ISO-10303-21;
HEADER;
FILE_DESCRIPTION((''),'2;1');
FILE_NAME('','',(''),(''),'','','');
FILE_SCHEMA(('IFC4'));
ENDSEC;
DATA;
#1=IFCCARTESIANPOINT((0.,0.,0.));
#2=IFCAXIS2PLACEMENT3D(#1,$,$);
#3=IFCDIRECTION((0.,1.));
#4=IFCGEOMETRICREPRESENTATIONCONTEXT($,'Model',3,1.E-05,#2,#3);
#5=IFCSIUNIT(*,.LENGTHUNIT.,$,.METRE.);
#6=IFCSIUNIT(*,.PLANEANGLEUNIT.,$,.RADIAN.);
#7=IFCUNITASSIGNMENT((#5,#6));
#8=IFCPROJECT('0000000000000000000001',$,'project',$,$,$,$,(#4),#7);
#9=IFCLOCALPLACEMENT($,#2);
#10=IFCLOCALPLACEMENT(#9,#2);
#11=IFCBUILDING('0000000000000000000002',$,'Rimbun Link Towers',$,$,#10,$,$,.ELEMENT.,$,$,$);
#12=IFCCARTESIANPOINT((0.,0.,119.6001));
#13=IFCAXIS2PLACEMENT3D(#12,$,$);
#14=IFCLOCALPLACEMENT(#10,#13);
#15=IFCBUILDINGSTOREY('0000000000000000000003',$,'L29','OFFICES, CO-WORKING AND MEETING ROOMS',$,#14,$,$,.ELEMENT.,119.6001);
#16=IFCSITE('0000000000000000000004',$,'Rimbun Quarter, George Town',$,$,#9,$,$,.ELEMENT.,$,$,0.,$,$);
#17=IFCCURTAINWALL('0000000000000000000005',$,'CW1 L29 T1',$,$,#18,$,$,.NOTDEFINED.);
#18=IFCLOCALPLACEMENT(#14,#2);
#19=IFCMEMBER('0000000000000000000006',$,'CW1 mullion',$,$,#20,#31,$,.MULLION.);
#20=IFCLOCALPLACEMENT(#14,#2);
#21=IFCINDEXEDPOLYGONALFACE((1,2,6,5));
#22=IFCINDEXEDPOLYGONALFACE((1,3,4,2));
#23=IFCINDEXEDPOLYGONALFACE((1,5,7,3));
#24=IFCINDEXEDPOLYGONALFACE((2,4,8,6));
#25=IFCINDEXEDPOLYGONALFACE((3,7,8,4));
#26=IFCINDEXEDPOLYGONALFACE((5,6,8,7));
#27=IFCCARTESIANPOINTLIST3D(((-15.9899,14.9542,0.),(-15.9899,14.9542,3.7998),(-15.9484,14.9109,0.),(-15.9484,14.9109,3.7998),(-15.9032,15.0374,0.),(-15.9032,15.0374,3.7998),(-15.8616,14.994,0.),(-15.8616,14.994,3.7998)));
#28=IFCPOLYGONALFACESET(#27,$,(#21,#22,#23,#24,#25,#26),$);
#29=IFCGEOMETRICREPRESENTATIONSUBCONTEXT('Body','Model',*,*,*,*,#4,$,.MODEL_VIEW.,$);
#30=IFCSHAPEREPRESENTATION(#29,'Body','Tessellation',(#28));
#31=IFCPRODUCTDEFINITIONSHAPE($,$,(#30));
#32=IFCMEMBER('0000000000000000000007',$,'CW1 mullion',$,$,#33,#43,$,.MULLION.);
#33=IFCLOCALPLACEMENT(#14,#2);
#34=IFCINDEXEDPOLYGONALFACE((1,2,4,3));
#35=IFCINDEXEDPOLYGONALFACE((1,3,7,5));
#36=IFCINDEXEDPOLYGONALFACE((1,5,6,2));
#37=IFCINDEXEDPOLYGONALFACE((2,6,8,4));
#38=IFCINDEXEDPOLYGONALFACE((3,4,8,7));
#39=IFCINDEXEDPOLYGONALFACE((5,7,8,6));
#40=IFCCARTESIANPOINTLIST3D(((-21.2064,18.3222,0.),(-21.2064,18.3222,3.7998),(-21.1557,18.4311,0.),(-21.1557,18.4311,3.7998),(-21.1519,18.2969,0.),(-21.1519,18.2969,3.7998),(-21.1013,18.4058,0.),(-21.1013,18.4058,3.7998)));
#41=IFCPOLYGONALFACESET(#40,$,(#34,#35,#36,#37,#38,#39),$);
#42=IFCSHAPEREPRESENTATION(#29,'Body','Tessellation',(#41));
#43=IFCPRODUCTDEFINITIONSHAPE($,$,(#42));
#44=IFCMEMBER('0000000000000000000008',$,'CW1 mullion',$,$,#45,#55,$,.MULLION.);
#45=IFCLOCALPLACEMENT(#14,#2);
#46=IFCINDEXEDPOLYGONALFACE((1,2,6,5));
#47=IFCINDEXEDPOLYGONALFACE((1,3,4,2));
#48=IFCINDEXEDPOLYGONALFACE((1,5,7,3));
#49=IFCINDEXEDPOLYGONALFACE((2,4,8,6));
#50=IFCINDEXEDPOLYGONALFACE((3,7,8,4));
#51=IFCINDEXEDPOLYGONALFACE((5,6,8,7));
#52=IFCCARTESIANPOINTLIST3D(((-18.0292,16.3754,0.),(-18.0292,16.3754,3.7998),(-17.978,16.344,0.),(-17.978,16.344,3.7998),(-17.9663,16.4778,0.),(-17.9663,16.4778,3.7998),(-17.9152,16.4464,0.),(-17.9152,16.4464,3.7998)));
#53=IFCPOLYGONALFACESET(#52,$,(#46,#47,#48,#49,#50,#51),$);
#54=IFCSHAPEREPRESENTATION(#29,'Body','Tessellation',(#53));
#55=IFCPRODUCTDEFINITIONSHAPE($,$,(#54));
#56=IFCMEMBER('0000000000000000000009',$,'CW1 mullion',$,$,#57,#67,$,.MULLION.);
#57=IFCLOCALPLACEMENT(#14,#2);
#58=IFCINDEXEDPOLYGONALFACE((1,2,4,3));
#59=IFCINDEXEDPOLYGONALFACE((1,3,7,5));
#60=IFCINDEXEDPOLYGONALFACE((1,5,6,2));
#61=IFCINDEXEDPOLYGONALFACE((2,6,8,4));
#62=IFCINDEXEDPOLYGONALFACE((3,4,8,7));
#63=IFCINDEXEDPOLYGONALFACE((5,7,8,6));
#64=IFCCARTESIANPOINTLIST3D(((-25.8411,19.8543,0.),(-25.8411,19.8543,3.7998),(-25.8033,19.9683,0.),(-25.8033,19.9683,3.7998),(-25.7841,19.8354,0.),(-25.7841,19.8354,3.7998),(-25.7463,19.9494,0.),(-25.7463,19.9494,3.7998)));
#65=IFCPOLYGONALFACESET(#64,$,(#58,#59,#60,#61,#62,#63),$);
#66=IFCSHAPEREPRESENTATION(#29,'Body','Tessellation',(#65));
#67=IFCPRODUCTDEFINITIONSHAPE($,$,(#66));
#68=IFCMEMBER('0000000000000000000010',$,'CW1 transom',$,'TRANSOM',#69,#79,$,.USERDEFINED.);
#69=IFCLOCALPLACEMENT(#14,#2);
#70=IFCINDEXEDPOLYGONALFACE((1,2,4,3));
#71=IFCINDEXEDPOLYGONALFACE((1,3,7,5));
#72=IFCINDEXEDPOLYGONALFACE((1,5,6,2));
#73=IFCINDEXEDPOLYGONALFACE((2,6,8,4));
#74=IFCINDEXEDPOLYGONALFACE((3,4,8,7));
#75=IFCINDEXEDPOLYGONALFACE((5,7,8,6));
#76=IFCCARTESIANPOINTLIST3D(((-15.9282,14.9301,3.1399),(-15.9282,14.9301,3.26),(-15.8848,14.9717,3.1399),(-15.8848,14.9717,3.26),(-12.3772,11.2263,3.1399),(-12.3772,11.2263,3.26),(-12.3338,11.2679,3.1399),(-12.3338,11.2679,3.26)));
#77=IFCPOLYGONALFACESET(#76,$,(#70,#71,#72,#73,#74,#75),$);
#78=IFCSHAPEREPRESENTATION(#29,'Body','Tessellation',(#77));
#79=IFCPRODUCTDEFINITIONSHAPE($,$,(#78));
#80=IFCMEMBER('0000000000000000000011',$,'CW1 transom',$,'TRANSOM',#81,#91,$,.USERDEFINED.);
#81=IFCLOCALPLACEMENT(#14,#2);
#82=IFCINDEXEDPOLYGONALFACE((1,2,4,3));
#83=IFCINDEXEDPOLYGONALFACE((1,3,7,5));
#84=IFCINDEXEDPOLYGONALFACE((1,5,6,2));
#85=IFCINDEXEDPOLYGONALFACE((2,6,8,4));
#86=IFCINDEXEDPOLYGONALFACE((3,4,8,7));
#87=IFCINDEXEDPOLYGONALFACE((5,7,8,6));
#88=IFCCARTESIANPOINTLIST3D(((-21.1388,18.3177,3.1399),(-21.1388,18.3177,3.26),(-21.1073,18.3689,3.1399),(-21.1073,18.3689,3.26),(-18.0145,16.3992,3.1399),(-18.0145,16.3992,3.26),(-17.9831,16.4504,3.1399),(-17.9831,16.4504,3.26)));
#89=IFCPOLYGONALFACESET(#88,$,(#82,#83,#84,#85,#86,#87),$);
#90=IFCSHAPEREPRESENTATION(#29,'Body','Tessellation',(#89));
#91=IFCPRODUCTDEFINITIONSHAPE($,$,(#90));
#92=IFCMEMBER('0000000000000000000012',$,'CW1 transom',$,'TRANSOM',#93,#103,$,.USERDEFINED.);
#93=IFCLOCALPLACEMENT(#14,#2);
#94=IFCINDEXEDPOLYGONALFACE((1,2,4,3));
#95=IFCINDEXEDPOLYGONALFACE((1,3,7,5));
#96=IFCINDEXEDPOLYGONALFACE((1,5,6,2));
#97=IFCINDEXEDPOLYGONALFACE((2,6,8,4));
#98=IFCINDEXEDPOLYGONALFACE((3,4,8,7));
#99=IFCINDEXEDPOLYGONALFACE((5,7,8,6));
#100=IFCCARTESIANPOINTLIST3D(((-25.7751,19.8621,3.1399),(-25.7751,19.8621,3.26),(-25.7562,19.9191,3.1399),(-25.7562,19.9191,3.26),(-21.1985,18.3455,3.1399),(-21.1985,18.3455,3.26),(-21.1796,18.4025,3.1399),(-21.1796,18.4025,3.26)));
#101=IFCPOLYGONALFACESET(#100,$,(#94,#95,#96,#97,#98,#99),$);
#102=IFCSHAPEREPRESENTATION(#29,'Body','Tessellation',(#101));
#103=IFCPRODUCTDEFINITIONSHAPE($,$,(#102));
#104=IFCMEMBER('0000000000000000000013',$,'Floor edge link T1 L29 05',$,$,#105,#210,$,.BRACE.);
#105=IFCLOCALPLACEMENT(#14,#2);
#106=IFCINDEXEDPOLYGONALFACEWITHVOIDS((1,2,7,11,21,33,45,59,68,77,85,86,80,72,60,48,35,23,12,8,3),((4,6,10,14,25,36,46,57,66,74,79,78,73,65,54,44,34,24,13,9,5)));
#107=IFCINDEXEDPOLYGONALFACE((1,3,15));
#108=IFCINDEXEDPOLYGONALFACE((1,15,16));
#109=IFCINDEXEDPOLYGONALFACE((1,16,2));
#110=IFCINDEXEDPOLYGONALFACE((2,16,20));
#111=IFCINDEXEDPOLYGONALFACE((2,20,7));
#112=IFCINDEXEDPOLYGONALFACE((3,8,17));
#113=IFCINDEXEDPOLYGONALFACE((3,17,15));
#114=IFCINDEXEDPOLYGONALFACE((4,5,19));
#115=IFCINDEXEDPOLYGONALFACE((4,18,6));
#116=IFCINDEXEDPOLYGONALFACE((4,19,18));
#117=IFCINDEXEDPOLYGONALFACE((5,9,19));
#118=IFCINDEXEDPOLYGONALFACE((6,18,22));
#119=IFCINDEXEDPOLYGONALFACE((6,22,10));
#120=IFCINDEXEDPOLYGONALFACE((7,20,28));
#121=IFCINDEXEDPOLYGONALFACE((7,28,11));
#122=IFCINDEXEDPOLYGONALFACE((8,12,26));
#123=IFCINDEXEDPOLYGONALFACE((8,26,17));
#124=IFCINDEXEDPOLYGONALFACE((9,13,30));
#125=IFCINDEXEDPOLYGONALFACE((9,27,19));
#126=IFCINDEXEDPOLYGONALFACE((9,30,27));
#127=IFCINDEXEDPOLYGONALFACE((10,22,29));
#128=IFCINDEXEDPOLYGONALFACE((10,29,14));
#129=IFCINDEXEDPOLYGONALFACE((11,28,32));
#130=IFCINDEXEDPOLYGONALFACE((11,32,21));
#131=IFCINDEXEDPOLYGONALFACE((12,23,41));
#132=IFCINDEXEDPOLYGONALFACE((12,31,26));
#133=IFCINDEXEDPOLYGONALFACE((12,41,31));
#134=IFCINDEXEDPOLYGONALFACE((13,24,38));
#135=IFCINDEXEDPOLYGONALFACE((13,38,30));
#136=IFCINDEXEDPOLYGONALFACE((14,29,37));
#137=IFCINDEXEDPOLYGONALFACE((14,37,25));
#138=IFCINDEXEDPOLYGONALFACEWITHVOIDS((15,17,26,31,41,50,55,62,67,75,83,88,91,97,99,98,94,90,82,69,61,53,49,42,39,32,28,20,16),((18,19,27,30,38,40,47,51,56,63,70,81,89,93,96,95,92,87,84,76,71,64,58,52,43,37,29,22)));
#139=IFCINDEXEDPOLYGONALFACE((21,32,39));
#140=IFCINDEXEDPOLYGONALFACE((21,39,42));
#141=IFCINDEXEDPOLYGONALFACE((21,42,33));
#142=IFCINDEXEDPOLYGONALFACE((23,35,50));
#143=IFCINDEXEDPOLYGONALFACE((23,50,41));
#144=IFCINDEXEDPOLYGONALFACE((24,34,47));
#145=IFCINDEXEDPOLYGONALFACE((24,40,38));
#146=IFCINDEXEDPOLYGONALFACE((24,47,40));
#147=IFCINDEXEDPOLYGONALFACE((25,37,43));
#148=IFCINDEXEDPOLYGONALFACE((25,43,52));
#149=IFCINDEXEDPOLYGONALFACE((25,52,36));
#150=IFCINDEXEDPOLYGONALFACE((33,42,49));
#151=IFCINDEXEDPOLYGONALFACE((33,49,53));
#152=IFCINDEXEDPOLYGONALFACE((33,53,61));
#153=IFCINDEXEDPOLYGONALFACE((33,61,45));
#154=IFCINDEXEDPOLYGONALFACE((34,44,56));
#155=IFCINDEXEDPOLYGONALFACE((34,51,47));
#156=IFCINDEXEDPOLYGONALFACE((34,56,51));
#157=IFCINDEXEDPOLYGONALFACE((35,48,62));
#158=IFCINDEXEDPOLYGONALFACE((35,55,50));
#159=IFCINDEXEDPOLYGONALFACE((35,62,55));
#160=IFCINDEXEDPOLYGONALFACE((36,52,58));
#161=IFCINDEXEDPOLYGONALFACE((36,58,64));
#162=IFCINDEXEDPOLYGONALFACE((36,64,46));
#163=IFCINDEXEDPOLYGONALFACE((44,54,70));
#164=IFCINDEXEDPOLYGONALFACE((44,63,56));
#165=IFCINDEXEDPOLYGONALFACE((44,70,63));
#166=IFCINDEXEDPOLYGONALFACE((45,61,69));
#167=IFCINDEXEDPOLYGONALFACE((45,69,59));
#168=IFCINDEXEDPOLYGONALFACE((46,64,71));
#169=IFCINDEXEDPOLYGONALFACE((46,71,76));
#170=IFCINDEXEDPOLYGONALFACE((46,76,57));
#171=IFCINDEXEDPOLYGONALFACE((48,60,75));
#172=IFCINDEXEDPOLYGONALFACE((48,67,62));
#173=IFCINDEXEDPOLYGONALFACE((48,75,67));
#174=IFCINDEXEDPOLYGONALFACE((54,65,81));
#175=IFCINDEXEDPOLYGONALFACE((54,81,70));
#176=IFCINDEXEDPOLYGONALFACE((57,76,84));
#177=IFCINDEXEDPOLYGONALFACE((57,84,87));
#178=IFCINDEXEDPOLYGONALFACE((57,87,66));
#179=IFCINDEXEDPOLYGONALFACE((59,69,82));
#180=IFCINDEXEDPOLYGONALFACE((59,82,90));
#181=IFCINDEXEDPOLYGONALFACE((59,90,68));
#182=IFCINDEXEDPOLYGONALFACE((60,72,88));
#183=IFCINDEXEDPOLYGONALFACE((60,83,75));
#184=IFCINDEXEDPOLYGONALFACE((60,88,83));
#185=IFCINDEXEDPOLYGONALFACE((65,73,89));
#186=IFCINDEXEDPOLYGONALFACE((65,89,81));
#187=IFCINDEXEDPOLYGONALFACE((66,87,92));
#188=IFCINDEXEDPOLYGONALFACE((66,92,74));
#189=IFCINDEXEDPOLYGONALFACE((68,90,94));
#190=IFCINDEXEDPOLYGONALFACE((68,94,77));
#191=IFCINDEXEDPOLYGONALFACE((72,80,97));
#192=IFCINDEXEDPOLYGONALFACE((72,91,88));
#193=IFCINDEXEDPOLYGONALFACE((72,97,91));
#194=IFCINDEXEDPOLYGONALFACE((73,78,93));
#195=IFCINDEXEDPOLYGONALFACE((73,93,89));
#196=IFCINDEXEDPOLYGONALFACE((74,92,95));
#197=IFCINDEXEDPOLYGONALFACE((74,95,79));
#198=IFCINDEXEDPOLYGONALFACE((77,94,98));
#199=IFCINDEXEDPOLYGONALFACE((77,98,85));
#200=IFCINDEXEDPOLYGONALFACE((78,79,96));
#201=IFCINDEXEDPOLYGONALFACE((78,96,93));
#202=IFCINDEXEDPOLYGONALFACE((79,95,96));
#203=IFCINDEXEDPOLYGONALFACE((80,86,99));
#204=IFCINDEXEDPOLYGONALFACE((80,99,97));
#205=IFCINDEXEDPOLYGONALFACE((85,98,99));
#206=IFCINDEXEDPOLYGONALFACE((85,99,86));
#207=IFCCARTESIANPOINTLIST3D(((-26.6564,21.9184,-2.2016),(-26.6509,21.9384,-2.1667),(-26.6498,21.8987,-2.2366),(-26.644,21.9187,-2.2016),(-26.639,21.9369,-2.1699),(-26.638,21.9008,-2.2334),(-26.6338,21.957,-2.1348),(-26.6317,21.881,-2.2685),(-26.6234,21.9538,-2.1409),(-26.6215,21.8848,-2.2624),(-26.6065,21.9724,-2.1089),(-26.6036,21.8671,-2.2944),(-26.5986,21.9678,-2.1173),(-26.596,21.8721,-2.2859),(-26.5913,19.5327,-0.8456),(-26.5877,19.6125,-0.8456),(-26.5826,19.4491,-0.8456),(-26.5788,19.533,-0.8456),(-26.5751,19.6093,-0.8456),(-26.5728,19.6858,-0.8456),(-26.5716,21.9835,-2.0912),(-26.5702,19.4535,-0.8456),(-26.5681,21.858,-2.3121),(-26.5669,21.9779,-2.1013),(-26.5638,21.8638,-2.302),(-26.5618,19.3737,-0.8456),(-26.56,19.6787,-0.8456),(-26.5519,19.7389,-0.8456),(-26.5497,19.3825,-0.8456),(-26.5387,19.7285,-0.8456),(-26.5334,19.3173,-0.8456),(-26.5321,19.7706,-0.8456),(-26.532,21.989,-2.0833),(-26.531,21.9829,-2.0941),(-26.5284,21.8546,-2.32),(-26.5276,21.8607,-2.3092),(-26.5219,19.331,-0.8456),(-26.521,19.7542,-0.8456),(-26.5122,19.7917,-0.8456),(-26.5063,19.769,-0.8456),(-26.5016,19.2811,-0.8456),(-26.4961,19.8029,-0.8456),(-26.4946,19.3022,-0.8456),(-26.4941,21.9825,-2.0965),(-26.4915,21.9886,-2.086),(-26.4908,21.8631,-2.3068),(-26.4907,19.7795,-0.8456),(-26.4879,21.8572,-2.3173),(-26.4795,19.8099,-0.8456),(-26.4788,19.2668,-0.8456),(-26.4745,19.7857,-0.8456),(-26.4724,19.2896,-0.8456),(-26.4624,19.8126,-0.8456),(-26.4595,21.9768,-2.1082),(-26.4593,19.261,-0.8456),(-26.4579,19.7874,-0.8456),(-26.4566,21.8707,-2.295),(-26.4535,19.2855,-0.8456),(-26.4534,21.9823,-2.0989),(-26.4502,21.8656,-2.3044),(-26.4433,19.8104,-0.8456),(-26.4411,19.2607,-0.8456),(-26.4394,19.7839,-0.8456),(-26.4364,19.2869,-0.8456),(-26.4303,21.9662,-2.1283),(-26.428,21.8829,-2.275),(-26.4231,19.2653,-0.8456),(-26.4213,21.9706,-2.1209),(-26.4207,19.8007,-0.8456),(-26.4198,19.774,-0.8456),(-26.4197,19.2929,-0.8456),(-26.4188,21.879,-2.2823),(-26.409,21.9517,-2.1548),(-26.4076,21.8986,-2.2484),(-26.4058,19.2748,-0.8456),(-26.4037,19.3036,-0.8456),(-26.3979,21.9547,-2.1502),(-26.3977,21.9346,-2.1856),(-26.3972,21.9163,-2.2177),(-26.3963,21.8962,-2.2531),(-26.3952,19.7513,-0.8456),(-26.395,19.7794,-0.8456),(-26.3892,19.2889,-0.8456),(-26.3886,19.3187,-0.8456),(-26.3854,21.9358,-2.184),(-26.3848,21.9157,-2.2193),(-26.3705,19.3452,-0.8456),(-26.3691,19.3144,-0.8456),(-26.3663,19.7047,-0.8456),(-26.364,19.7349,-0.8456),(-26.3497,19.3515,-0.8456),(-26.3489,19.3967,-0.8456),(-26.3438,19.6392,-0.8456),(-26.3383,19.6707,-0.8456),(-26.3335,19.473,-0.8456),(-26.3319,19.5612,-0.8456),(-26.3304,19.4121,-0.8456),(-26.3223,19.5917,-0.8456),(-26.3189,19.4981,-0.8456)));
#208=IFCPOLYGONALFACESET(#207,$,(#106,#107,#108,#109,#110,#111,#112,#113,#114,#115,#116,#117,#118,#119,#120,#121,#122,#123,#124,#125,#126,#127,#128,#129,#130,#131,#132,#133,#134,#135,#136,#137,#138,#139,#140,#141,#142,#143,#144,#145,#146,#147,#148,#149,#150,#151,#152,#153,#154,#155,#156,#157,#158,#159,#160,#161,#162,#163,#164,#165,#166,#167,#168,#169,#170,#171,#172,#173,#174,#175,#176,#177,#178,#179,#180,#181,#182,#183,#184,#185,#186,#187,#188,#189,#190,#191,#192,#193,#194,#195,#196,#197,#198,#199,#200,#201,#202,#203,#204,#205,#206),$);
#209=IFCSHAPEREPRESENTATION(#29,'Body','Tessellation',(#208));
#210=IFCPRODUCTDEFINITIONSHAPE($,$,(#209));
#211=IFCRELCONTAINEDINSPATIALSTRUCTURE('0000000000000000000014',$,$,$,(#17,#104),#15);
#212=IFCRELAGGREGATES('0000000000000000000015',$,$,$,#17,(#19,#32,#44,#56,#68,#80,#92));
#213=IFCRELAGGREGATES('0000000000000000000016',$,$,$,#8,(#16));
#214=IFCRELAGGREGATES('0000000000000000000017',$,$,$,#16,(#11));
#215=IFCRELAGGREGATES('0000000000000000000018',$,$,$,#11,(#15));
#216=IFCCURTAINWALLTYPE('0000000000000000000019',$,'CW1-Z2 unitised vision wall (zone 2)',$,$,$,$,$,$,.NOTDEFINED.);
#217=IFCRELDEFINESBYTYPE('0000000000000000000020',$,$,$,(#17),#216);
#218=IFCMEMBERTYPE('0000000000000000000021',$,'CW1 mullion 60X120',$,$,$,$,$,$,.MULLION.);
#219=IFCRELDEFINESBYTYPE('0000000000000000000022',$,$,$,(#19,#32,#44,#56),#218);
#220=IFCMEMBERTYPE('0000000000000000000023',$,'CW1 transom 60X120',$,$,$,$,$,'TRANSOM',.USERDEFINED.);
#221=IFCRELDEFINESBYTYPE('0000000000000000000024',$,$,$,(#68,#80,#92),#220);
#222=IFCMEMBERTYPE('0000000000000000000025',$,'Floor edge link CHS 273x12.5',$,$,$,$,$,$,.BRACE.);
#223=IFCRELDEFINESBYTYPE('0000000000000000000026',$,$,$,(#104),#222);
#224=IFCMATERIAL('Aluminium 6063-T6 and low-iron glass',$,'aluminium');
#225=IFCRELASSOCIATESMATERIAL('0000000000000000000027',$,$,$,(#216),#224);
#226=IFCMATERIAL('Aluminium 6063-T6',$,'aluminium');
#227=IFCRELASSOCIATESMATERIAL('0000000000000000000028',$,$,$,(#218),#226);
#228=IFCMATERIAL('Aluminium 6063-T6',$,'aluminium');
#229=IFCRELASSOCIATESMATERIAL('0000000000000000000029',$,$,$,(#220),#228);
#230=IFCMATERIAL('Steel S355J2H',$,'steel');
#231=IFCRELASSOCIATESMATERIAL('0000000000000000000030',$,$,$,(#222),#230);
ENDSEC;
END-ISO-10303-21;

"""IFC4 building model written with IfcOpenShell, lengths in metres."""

from ifc_helpers import new_model, si_unit, direction, frame, origin, origin_2d, place, context, subcontext, project, spatial, rectangle, hollow_circle, extrude, clip, halfspace, material, material_profile, profile_set, type_object, element, aggregate, save


model = new_model("IFC4")

# Units and contexts
model_context = context("Model", 3, precision=1e-05, world=origin(), true_north=direction((0.0, 1.0)))
body_context = subcontext(model_context, "Body", "Model", "MODEL_VIEW")
ifc_project = project(units=[si_unit("LENGTHUNIT", "METRE"), si_unit("PLANEANGLEUNIT", "RADIAN")], contexts=[model_context])

# Site, building, storey
site_placement = place(None, origin())
site = spatial("IfcSite", under=ifc_project, at=site_placement, Name="Rimbun Quarter, George Town", CompositionType="ELEMENT", RefElevation=0.0)
building_placement = place(site_placement, origin())
building = spatial("IfcBuilding", under=site, at=building_placement, Name="Rimbun Link Towers", CompositionType="ELEMENT")
storey_placement = place(building_placement, frame((0.0, 0.0, 119.6001)))
storey = spatial("IfcBuildingStorey", under=building, at=storey_placement, Name="L29", Description="OFFICES, CO-WORKING AND MEETING ROOMS", CompositionType="ELEMENT", Elevation=119.6001)

# Curtain wall, members
ifc_material_1 = material(Name="Aluminium 6063-T6 and low-iron glass", Category="aluminium")
curtain_wall_type = type_object("IfcCurtainWallType", Name="CW1-Z2 unitised vision wall (zone 2)", PredefinedType="NOTDEFINED", material=ifc_material_1)
curtain_wall_placement = place(storey_placement, origin())
curtain_wall = element("IfcCurtainWall", 1, at=curtain_wall_placement, inside=storey, type_object=curtain_wall_type, Name="CW1 L29 T1", PredefinedType="NOTDEFINED")
ifc_material_2 = material(Name="Aluminium 6063-T6", Category="aluminium")
ifc_material_profile_1 = material_profile(ifc_material_2, rectangle(XDim=0.1201, YDim=0.0601, at=origin_2d()), Name="MULLION 60X120")
ifc_profile_set_1 = profile_set([ifc_material_profile_1], Name="Aluminium 6063-T6")
member_type_1 = type_object("IfcMemberType", Name="CW1 mullion 60X120", PredefinedType="MULLION", material=ifc_profile_set_1)
member_1_placement = place(storey_placement, frame((-15.9258, 14.9741, 0.0), z_axis=(0.0, 0.0, 1.0), x_axis=(0.721835, 0.692065, 0.0)))
member_1 = element("IfcMember", 2, at=member_1_placement, type_object=member_type_1, Name="CW1 mullion", PredefinedType="MULLION", context=body_context, shape_type="SweptSolid", body=[
    extrude(rectangle(XDim=0.1201, YDim=0.0601, at=origin_2d()), origin(), (0.0, 0.0, 1.0), 3.7998),
])
member_2_placement = place(storey_placement, frame((-21.1538, 18.364, 0.0), z_axis=(0.0, 0.0, 1.0), x_axis=(0.421705, 0.906733, 0.0)))
member_2 = element("IfcMember", 3, at=member_2_placement, type_object=member_type_1, Name="CW1 mullion", PredefinedType="MULLION", context=body_context, shape_type="SweptSolid", body=[
    extrude(rectangle(XDim=0.1201, YDim=0.0601, at=origin_2d()), origin(), (0.0, 0.0, 1.0), 3.7998),
])
member_3_placement = place(storey_placement, frame((-17.9722, 16.4109, 0.0), z_axis=(0.0, 0.0, 1.0), x_axis=(0.523243, 0.852183, 0.0)))
member_3 = element("IfcMember", 4, at=member_3_placement, type_object=member_type_1, Name="CW1 mullion", PredefinedType="MULLION", context=body_context, shape_type="SweptSolid", body=[
    extrude(rectangle(XDim=0.1201, YDim=0.0601, at=origin_2d()), origin(), (0.0, 0.0, 1.0), 3.7998),
])
member_4_placement = place(storey_placement, frame((-25.7937, 19.9019, 0.0), z_axis=(0.0, 0.0, 1.0), x_axis=(0.314563, 0.949236, 0.0)))
member_4 = element("IfcMember", 5, at=member_4_placement, type_object=member_type_1, Name="CW1 mullion", PredefinedType="MULLION", context=body_context, shape_type="SweptSolid", body=[
    extrude(rectangle(XDim=0.1201, YDim=0.0601, at=origin_2d()), origin(), (0.0, 0.0, 1.0), 3.7998),
])
ifc_material_3 = material(Name="Aluminium 6063-T6", Category="aluminium")
ifc_material_profile_2 = material_profile(ifc_material_3, rectangle(XDim=0.0601, YDim=0.1201, at=origin_2d()), Name="TRANSOM 60X120")
ifc_profile_set_2 = profile_set([ifc_material_profile_2], Name="Aluminium 6063-T6")
member_type_2 = type_object("IfcMemberType", Name="CW1 transom 60X120", ElementType="TRANSOM", PredefinedType="USERDEFINED", material=ifc_profile_set_2)
member_5_placement = place(storey_placement, frame((-15.9065, 14.9509, 3.2), z_axis=(0.692057, -0.721843, 0.0), x_axis=(0.721843, 0.692057, 0.0)))
member_5 = element("IfcMember", 6, at=member_5_placement, type_object=member_type_2, Name="CW1 transom", ObjectType="TRANSOM", PredefinedType="USERDEFINED", context=body_context, shape_type="SweptSolid", body=[
    extrude(rectangle(XDim=0.0601, YDim=0.1201, at=origin_2d()), origin(), (0.0, 0.0, 1.0), 5.1311),
])
member_6_placement = place(storey_placement, frame((-21.123, 18.3433, 3.2), z_axis=(0.852165, -0.523272, 0.0), x_axis=(0.523272, 0.852165, 0.0)))
member_6 = element("IfcMember", 7, at=member_6_placement, type_object=member_type_2, Name="CW1 transom", ObjectType="TRANSOM", PredefinedType="USERDEFINED", context=body_context, shape_type="SweptSolid", body=[
    extrude(rectangle(XDim=0.0601, YDim=0.1201, at=origin_2d()), origin(), (0.0, 0.0, 1.0), 3.6663),
])
member_7_placement = place(storey_placement, frame((-25.7656, 19.8906, 3.2), z_axis=(0.949234, -0.314571, 0.0), x_axis=(0.314571, 0.949234, 0.0)))
member_7 = element("IfcMember", 8, at=member_7_placement, type_object=member_type_2, Name="CW1 transom", ObjectType="TRANSOM", PredefinedType="USERDEFINED", context=body_context, shape_type="SweptSolid", body=[
    extrude(rectangle(XDim=0.0601, YDim=0.1201, at=origin_2d()), origin(), (0.0, 0.0, 1.0), 4.8213),
])

# Member
ifc_material_4 = material(Name="Steel S355J2H", Category="steel")
ifc_material_profile_3 = material_profile(ifc_material_4, hollow_circle(Radius=0.1365, WallThickness=0.0125, at=origin_2d()), Name="CHS 273x12.5")
ifc_profile_set_3 = profile_set([ifc_material_profile_3], Name="Steel S355J2H")
member_type_3 = type_object("IfcMemberType", Name="Floor edge link CHS 273x12.5", PredefinedType="BRACE", material=ifc_profile_set_3)
member_8_placement = place(storey_placement, frame((-26.4604, 19.741, -0.9619), z_axis=(-0.023737, 0.869134, -0.494007), x_axis=(-0.999627, -0.027301, 0.0)))
element("IfcMember", 9, at=member_8_placement, inside=storey, type_object=member_type_3, Name="Floor edge link T1 L29 05", PredefinedType="BRACE", context=body_context, shape_type="Clipping", body=[
    clip(extrude(hollow_circle(Radius=0.1365, WallThickness=0.0125, at=origin_2d()), frame((0.0, 0.0, -0.5007)), (0.0, 0.0, 1.0), 3.0103), halfspace(frame((0.0, 0.0, -0.2354), z_axis=(0.0, 0.869458, -0.494007)), False)),
])

aggregate(curtain_wall, [member_1, member_2, member_3, member_4, member_5, member_6, member_7])

save(model, "model.ifc")
